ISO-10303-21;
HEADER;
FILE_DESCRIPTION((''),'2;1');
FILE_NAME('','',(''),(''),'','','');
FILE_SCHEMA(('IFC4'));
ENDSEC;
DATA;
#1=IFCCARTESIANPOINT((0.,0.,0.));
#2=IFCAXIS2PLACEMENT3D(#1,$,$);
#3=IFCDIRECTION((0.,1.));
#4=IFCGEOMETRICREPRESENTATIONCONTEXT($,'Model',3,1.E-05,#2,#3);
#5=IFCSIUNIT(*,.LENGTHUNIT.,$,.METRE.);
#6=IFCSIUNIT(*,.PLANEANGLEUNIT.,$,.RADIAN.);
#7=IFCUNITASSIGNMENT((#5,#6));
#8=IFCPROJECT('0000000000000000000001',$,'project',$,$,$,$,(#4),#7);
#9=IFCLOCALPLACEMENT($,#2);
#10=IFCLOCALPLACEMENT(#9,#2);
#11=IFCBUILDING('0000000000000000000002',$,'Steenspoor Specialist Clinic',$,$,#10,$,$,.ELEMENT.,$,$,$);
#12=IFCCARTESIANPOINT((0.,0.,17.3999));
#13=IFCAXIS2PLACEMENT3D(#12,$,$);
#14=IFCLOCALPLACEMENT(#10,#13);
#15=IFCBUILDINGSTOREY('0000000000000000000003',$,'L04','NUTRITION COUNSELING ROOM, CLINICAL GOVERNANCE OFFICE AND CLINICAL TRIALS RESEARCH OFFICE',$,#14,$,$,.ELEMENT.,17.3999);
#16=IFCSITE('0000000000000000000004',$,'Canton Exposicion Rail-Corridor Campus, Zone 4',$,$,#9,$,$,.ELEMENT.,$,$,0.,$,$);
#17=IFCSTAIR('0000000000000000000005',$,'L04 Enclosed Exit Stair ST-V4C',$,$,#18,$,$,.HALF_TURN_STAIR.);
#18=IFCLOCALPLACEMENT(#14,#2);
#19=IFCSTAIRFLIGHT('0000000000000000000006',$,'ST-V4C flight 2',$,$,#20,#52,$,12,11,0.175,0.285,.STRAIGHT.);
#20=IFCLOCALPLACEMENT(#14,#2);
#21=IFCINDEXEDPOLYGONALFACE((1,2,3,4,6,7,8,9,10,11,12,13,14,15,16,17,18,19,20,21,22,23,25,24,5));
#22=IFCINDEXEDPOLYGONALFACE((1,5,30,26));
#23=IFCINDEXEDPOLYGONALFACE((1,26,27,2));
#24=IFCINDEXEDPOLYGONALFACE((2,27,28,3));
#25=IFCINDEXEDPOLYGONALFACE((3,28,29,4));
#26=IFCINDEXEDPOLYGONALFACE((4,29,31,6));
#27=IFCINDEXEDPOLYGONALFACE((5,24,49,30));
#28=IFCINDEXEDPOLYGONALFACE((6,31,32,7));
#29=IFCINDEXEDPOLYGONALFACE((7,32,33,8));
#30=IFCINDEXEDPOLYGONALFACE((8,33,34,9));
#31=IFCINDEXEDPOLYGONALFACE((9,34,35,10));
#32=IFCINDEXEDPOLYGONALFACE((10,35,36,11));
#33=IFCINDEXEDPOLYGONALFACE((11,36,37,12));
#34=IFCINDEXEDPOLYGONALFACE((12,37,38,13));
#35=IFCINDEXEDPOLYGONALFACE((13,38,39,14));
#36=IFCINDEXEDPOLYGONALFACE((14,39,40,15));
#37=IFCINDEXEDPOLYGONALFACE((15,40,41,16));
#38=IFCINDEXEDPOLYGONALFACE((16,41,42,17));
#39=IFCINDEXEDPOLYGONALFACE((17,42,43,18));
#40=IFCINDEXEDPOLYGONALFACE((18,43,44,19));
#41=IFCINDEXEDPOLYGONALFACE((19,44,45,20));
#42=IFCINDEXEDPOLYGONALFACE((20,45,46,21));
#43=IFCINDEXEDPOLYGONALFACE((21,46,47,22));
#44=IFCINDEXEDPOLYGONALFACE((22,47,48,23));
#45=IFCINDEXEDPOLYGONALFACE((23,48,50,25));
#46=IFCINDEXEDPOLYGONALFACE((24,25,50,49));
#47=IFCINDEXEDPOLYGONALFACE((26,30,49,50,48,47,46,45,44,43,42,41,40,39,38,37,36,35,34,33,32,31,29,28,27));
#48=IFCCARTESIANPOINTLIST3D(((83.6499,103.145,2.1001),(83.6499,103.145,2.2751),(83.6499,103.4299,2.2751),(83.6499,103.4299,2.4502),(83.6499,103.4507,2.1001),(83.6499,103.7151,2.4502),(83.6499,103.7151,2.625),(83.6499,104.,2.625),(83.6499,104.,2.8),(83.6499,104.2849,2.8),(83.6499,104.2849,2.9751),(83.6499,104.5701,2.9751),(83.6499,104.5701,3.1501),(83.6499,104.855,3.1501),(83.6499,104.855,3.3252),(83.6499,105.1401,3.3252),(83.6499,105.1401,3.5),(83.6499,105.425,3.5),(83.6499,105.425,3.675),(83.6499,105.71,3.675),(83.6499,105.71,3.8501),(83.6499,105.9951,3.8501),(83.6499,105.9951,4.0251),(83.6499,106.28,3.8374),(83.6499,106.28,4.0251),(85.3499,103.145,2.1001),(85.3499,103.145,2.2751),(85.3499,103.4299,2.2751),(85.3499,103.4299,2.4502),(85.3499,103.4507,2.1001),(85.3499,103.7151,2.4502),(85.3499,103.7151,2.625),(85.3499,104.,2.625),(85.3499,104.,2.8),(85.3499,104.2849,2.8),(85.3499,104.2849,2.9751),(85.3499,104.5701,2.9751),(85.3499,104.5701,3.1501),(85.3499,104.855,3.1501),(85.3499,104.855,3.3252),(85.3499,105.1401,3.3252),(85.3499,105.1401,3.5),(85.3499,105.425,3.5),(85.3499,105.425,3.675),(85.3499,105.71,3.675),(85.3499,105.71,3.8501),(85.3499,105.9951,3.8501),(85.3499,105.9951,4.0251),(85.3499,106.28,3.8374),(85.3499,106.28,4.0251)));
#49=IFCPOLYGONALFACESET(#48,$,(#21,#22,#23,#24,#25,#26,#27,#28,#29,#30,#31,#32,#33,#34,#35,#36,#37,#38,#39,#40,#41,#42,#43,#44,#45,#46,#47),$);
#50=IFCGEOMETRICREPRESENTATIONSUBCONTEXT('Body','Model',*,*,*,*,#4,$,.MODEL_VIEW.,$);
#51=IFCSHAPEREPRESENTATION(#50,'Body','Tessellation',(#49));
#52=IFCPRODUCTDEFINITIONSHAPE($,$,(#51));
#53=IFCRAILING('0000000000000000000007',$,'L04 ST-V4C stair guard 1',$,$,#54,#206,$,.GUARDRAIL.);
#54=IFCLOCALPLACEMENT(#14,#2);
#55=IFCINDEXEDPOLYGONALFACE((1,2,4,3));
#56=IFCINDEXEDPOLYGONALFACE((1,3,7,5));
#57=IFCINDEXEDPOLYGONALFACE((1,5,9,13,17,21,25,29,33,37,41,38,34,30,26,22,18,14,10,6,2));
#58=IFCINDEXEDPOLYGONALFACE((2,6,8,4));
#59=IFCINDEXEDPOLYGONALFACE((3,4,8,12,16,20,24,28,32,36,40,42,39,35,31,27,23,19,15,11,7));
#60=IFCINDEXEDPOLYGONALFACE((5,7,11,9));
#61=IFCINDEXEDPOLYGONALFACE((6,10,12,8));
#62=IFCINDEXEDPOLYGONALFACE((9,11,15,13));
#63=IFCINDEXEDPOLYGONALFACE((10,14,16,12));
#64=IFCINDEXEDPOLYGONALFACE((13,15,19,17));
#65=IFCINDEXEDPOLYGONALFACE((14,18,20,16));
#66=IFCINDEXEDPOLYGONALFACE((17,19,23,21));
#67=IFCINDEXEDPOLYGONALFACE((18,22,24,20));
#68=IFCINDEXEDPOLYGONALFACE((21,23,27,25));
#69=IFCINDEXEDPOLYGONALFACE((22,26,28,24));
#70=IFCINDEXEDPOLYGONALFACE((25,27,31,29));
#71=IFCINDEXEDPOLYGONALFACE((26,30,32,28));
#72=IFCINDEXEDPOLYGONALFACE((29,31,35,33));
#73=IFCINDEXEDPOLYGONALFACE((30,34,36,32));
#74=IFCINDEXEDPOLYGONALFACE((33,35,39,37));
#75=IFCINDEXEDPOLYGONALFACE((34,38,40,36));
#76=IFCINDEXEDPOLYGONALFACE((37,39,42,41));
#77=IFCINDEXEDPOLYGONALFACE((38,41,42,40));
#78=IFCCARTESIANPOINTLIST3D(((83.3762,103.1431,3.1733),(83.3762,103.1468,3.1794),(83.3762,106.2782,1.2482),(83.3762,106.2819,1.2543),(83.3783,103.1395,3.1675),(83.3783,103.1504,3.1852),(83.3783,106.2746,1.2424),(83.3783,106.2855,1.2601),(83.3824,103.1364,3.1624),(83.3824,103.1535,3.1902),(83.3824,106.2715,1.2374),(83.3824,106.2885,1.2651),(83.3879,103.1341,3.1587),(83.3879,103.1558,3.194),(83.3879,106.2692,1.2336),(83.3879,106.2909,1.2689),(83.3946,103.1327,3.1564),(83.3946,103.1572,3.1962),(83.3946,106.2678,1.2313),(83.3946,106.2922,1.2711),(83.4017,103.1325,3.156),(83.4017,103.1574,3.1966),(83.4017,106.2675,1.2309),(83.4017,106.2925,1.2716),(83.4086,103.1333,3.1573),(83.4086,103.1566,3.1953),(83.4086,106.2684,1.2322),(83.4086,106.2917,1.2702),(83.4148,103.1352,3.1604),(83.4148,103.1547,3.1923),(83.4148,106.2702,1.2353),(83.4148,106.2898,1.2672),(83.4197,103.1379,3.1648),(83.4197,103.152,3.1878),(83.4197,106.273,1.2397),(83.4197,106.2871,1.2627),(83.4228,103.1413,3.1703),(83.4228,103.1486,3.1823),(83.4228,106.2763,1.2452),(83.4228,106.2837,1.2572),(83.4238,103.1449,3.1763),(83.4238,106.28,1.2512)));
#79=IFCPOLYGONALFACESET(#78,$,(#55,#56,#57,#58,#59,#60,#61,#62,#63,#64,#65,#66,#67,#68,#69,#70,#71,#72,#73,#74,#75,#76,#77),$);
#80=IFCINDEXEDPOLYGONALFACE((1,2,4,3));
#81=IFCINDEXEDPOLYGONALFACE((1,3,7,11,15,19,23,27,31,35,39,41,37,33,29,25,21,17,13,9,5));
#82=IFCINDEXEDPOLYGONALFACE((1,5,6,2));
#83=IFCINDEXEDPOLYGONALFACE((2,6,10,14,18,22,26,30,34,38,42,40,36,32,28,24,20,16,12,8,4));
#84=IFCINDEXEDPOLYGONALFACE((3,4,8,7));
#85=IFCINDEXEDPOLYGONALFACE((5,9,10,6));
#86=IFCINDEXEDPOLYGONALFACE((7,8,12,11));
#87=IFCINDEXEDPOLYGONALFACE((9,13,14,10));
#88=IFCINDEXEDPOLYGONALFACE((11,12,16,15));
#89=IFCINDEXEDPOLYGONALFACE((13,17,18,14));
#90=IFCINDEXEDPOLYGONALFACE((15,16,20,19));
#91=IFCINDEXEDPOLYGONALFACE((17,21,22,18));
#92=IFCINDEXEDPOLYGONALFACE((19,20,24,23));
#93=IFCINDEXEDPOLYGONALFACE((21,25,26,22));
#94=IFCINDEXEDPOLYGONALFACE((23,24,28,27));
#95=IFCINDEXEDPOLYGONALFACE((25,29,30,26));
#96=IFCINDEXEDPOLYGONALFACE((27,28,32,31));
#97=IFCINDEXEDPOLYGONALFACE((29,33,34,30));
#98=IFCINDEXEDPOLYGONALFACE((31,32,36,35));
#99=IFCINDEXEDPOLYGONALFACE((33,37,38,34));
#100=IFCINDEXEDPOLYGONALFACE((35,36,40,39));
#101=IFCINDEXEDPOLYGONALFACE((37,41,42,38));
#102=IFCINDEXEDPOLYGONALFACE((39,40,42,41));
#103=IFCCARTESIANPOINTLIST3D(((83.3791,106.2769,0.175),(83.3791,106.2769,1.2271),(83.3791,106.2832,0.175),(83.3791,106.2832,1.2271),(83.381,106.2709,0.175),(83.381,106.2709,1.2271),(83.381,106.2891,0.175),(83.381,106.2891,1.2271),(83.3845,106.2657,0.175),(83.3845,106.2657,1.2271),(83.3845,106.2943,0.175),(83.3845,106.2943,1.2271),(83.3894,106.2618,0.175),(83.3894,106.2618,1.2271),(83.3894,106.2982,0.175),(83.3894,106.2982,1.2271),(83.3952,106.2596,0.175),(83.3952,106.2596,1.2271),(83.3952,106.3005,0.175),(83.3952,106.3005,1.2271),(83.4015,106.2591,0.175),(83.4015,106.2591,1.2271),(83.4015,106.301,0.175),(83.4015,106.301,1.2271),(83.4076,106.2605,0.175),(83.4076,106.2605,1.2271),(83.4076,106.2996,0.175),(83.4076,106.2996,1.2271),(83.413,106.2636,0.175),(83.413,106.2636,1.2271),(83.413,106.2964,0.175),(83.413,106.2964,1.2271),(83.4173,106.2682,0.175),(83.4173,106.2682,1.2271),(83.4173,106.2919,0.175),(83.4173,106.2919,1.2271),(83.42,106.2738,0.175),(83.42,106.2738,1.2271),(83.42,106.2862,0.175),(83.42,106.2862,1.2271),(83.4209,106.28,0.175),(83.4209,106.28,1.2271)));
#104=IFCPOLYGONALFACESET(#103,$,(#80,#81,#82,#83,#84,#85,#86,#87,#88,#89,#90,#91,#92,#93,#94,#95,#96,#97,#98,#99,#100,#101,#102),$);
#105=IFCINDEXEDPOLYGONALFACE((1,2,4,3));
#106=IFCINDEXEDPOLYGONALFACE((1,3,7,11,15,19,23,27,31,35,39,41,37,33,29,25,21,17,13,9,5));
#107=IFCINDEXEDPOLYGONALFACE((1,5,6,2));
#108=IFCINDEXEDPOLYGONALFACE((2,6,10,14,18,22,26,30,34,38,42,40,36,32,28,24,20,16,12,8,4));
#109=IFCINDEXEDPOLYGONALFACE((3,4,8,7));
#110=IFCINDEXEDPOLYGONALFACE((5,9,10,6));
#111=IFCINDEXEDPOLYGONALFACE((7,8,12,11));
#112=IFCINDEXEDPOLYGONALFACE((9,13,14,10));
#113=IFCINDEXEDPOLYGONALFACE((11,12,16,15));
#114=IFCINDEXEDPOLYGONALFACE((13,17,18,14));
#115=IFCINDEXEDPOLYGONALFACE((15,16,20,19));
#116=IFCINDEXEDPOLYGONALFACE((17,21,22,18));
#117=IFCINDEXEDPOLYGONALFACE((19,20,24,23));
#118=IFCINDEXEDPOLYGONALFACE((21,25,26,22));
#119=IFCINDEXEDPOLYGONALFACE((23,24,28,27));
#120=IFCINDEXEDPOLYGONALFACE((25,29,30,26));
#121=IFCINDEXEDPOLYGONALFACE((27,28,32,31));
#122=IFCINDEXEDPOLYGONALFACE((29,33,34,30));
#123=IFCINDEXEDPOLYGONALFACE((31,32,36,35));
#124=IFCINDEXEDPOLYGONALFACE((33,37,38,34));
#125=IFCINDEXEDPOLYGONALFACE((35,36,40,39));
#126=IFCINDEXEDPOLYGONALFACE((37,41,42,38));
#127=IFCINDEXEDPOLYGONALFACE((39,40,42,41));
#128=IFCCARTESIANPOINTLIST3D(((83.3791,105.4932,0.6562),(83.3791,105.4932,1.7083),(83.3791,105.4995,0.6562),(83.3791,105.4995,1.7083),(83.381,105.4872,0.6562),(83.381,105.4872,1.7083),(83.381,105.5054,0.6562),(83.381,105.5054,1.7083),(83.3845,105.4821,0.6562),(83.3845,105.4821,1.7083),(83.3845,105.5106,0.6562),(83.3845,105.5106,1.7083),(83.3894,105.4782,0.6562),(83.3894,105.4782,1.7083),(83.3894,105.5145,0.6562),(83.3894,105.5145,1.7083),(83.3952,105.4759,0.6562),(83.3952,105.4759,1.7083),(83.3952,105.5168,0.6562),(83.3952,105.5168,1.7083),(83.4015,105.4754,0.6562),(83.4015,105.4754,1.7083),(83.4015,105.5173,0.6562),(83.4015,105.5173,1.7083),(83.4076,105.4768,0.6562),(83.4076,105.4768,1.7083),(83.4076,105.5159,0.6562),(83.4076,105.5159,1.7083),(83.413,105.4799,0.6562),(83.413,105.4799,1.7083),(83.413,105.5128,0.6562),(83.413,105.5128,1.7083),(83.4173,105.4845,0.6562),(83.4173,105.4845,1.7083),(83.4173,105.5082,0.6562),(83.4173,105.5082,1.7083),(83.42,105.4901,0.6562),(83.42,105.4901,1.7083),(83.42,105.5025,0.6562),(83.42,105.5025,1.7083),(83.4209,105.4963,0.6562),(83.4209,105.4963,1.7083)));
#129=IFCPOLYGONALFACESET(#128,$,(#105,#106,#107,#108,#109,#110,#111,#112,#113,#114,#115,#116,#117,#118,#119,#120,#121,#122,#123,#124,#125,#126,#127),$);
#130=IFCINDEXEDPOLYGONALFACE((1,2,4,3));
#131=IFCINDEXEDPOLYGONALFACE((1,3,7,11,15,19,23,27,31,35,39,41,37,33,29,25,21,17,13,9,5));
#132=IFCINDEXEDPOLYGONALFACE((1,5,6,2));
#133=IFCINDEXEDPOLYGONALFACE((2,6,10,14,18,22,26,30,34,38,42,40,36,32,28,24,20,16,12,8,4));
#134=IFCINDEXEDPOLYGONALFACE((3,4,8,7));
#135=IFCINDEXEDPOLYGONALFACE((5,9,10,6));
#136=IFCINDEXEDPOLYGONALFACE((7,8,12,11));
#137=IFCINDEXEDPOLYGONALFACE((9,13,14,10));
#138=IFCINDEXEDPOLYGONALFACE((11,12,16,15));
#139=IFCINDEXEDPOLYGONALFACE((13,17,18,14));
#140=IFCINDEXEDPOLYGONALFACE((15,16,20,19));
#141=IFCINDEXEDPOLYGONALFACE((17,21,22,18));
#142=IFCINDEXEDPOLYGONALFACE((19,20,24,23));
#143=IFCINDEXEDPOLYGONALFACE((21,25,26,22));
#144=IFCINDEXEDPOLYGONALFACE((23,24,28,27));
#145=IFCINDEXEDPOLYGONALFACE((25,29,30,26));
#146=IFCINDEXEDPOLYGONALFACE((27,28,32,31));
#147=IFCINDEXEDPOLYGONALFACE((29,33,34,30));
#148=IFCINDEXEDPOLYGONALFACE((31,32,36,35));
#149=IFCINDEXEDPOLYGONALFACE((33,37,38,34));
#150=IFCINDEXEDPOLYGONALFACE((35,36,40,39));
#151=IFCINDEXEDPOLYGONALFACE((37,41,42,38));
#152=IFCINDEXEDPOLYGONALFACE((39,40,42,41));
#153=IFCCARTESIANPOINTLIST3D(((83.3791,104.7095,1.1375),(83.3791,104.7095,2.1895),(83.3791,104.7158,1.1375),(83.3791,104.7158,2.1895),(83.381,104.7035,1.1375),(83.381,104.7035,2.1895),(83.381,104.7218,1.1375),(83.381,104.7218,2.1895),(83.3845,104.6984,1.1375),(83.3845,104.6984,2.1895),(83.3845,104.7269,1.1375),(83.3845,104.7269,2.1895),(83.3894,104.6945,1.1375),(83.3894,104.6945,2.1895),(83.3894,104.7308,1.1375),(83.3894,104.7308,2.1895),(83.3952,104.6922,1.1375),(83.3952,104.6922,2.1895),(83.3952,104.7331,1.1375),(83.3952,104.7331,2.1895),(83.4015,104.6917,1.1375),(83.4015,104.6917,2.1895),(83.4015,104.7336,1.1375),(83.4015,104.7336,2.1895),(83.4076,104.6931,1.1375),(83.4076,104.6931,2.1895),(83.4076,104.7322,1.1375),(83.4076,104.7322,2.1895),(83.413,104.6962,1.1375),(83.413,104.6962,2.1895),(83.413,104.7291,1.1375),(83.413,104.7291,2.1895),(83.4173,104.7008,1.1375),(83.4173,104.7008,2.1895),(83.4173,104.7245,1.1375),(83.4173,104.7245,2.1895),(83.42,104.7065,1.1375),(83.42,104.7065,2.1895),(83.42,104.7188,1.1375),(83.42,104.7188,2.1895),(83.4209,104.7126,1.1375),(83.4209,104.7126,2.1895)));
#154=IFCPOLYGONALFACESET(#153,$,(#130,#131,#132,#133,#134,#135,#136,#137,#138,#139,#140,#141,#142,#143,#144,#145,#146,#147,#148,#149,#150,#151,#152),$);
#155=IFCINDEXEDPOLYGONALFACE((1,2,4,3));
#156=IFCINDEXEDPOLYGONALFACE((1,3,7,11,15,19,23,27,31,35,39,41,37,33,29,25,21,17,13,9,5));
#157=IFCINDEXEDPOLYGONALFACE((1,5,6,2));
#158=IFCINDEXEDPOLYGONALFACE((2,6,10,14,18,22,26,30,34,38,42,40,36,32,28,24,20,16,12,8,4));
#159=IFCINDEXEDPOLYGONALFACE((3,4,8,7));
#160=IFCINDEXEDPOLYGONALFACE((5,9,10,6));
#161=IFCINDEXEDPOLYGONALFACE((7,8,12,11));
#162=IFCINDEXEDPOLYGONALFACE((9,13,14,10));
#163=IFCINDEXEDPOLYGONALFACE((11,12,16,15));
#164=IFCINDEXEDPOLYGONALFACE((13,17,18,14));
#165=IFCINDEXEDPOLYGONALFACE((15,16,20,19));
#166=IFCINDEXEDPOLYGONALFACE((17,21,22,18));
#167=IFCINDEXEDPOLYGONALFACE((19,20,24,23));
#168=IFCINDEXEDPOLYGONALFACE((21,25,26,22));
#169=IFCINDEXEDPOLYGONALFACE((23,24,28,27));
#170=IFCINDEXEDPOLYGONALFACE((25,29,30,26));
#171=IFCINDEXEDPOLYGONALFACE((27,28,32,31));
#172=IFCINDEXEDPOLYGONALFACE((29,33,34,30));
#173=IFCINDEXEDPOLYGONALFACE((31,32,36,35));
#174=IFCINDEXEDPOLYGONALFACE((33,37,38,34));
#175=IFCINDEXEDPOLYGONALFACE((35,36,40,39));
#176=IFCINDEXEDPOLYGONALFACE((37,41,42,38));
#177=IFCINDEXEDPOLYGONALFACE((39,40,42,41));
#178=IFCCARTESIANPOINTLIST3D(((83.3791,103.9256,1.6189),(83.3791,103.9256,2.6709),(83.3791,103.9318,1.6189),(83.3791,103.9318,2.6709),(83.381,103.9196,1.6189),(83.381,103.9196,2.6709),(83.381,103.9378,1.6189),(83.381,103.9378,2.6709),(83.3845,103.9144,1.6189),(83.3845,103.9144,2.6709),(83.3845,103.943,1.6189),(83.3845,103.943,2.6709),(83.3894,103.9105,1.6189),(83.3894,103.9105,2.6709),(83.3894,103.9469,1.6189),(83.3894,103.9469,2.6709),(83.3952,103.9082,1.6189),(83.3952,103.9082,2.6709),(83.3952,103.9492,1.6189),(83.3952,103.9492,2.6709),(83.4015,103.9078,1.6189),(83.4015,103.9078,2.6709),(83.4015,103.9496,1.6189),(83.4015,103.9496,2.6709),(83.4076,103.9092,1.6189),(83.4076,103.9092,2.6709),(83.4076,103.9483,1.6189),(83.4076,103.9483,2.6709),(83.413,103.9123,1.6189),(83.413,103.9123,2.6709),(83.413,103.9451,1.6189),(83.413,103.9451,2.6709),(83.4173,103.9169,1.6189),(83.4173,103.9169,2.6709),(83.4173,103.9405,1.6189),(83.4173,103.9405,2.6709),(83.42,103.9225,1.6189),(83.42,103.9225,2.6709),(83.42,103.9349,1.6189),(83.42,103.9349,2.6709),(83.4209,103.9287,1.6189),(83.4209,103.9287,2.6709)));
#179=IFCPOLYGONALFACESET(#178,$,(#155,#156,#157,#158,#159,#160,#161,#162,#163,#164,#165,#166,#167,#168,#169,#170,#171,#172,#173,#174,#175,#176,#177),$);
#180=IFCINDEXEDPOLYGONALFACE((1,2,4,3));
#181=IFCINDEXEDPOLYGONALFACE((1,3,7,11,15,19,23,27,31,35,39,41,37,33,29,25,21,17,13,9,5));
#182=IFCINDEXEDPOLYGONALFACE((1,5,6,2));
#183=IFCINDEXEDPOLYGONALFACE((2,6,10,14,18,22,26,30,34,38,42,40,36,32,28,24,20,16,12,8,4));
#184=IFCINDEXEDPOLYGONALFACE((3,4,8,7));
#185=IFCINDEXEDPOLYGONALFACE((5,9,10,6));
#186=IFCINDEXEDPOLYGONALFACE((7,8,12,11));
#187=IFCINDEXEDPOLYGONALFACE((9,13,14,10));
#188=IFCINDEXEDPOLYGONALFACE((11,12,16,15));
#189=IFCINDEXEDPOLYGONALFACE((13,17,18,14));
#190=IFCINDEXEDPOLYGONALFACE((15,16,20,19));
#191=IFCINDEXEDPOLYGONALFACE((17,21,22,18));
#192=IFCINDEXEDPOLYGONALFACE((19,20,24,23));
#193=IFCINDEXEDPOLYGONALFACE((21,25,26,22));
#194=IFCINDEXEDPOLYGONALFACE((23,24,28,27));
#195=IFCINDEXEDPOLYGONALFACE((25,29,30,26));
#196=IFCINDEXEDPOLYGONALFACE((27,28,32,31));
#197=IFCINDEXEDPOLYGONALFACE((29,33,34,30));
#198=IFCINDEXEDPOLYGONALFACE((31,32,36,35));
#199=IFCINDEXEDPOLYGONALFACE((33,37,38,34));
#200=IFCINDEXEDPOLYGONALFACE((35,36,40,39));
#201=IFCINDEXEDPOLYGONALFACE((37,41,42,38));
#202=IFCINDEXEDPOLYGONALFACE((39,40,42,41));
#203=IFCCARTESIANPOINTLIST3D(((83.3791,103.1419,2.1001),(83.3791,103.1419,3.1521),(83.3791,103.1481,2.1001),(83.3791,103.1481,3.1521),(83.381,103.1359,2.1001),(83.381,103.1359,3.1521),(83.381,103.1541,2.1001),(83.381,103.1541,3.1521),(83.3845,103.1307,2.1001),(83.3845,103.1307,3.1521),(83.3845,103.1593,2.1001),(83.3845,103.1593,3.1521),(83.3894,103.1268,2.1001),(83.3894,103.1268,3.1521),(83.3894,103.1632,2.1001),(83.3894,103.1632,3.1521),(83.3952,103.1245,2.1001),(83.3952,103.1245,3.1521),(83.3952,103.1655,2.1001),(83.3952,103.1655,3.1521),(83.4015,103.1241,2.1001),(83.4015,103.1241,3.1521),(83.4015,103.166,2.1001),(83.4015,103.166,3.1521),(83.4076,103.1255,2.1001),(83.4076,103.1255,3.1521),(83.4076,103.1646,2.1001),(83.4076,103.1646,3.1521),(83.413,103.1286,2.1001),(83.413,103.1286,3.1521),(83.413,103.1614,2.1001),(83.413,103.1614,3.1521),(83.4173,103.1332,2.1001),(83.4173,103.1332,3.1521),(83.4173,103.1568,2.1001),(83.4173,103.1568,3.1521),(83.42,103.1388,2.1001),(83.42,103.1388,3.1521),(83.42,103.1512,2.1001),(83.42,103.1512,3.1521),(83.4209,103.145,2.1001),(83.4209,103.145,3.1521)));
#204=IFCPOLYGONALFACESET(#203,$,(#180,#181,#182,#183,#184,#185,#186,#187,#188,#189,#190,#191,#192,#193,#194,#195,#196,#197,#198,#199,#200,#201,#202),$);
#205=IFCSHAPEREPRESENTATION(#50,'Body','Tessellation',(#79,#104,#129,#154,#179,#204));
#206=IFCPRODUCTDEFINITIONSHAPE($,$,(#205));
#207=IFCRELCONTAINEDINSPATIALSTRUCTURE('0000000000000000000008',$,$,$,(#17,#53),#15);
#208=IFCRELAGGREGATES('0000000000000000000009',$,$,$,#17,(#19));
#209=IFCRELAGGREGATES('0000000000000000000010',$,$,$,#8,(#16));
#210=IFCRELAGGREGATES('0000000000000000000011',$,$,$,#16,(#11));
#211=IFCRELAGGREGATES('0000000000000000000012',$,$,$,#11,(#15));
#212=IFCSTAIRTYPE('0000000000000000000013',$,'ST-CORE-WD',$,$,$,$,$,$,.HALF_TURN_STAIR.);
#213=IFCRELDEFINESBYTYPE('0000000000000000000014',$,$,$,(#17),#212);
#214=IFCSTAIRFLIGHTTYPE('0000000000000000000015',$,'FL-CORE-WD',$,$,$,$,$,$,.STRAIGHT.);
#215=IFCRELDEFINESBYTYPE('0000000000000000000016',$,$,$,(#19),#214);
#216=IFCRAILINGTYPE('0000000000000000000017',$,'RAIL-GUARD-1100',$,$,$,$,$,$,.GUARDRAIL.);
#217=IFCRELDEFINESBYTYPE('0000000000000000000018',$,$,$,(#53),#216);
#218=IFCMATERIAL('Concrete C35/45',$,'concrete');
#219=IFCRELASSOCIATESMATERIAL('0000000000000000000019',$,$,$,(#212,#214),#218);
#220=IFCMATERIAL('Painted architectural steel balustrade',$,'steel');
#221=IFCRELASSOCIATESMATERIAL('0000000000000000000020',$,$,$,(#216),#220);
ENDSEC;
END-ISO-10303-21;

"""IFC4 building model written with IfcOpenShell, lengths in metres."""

from ifc_helpers import new_model, si_unit, direction, frame, origin, origin_2d, place, context, subcontext, project, spatial, polyline, circle, outline, extrude, material, type_object, element, aggregate, save


model = new_model("IFC4")

# Units and contexts
model_context = context("Model", 3, precision=1e-05, world=origin(), true_north=direction((0.0, 1.0)))
body_context = subcontext(model_context, "Body", "Model", "MODEL_VIEW")
ifc_project = project(units=[si_unit("LENGTHUNIT", "METRE"), si_unit("PLANEANGLEUNIT", "RADIAN")], contexts=[model_context])

# Site, building, storey
site_placement = place(None, origin())
site = spatial("IfcSite", under=ifc_project, at=site_placement, Name="Canton Exposicion Rail-Corridor Campus, Zone 4", CompositionType="ELEMENT", RefElevation=0.0)
building_placement = place(site_placement, origin())
building = spatial("IfcBuilding", under=site, at=building_placement, Name="Steenspoor Specialist Clinic", CompositionType="ELEMENT")
storey_placement = place(building_placement, frame((0.0, 0.0, 17.3999)))
storey = spatial("IfcBuildingStorey", under=building, at=storey_placement, Name="L04", Description="NUTRITION COUNSELING ROOM, CLINICAL GOVERNANCE OFFICE AND CLINICAL TRIALS RESEARCH OFFICE", CompositionType="ELEMENT", Elevation=17.3999)

# Shared definitions
ifc_material_1 = material(Name="Concrete C35/45", Category="concrete")

# Stair, stair flight
stair_type = type_object("IfcStairType", Name="ST-CORE-WD", PredefinedType="HALF_TURN_STAIR", material=ifc_material_1)
stair_placement = place(storey_placement, origin())
stair = element("IfcStair", 1, at=stair_placement, inside=storey, type_object=stair_type, Name="L04 Enclosed Exit Stair ST-V4C", PredefinedType="HALF_TURN_STAIR")
stair_flight_type = type_object("IfcStairFlightType", Name="FL-CORE-WD", PredefinedType="STRAIGHT", material=ifc_material_1)
stair_flight_1_placement = place(storey_placement, frame((84.5, 103.145, 2.1001), z_axis=(0.0, 0.0, 1.0), x_axis=(0.0, 1.0, 0.0)))
stair_flight_1 = element("IfcStairFlight", 2, at=stair_flight_1_placement, type_object=stair_flight_type, Name="ST-V4C flight 2", NumberOfRisers=12, NumberOfTreads=11, PredefinedType="STRAIGHT", RiserHeight=0.175, TreadLength=0.285, context=body_context, shape_type="SweptSolid", body=[
    extrude(outline(polyline([(0.0, 0.0), (0.0, 0.175), (0.2849, 0.175), (0.2849, 0.3501), (0.5701, 0.3501), (0.5701, 0.5249), (0.855, 0.5249), (0.855, 0.7), (1.1399, 0.7), (1.1399, 0.875), (1.425, 0.875), (1.425, 1.05), (1.71, 1.05), (1.71, 1.2251), (1.9951, 1.2251), (1.9951, 1.3999), (2.28, 1.3999), (2.28, 1.575), (2.5649, 1.575), (2.5649, 1.75), (2.8501, 1.75), (2.8501, 1.925), (3.135, 1.925), (3.135, 2.1001), (3.135, 1.7373), (0.3057, 0.0), (0.0, 0.0)])), frame((0.0, 0.8501, 0.0), z_axis=(0.0, -1.0, 0.0), x_axis=(1.0, 0.0, 0.0)), (0.0, 0.0, 1.0), 1.7),
])
aggregate(stair, [stair_flight_1])

# Railing
ifc_material_2 = material(Name="Painted architectural steel balustrade", Category="steel")
railing_type_1 = type_object("IfcRailingType", Name="RAIL-GUARD-1100", PredefinedType="GUARDRAIL", material=ifc_material_2)
railing_1_placement = place(storey_placement, frame((83.3999, 106.28, 0.175)))
element("IfcRailing", 3, at=railing_1_placement, inside=storey, type_object=railing_type_1, Name="L04 ST-V4C stair guard 1", PredefinedType="GUARDRAIL", context=body_context, shape_type="SweptSolid", body=[
    extrude(circle(Radius=0.0239, at=origin_2d()), frame((0.0, 0.0, 1.0762), z_axis=(0.0, -0.852166, 0.523271), x_axis=(1.0, 0.0, 0.0)), (0.0, 0.0, 1.0), 3.679),
    extrude(circle(Radius=0.021, at=origin_2d()), origin(), (0.0, 0.0, 1.0), 1.052),
    extrude(circle(Radius=0.021, at=origin_2d()), frame((0.0, -0.7837, 0.4812)), (0.0, 0.0, 1.0), 1.052),
    extrude(circle(Radius=0.021, at=origin_2d()), frame((0.0, -1.5674, 0.9624)), (0.0, 0.0, 1.0), 1.052),
    extrude(circle(Radius=0.021, at=origin_2d()), frame((0.0, -2.3513, 1.4438)), (0.0, 0.0, 1.0), 1.052),
    extrude(circle(Radius=0.021, at=origin_2d()), frame((0.0, -3.135, 1.925)), (0.0, 0.0, 1.0), 1.052),
])

save(model, "model.ifc")
